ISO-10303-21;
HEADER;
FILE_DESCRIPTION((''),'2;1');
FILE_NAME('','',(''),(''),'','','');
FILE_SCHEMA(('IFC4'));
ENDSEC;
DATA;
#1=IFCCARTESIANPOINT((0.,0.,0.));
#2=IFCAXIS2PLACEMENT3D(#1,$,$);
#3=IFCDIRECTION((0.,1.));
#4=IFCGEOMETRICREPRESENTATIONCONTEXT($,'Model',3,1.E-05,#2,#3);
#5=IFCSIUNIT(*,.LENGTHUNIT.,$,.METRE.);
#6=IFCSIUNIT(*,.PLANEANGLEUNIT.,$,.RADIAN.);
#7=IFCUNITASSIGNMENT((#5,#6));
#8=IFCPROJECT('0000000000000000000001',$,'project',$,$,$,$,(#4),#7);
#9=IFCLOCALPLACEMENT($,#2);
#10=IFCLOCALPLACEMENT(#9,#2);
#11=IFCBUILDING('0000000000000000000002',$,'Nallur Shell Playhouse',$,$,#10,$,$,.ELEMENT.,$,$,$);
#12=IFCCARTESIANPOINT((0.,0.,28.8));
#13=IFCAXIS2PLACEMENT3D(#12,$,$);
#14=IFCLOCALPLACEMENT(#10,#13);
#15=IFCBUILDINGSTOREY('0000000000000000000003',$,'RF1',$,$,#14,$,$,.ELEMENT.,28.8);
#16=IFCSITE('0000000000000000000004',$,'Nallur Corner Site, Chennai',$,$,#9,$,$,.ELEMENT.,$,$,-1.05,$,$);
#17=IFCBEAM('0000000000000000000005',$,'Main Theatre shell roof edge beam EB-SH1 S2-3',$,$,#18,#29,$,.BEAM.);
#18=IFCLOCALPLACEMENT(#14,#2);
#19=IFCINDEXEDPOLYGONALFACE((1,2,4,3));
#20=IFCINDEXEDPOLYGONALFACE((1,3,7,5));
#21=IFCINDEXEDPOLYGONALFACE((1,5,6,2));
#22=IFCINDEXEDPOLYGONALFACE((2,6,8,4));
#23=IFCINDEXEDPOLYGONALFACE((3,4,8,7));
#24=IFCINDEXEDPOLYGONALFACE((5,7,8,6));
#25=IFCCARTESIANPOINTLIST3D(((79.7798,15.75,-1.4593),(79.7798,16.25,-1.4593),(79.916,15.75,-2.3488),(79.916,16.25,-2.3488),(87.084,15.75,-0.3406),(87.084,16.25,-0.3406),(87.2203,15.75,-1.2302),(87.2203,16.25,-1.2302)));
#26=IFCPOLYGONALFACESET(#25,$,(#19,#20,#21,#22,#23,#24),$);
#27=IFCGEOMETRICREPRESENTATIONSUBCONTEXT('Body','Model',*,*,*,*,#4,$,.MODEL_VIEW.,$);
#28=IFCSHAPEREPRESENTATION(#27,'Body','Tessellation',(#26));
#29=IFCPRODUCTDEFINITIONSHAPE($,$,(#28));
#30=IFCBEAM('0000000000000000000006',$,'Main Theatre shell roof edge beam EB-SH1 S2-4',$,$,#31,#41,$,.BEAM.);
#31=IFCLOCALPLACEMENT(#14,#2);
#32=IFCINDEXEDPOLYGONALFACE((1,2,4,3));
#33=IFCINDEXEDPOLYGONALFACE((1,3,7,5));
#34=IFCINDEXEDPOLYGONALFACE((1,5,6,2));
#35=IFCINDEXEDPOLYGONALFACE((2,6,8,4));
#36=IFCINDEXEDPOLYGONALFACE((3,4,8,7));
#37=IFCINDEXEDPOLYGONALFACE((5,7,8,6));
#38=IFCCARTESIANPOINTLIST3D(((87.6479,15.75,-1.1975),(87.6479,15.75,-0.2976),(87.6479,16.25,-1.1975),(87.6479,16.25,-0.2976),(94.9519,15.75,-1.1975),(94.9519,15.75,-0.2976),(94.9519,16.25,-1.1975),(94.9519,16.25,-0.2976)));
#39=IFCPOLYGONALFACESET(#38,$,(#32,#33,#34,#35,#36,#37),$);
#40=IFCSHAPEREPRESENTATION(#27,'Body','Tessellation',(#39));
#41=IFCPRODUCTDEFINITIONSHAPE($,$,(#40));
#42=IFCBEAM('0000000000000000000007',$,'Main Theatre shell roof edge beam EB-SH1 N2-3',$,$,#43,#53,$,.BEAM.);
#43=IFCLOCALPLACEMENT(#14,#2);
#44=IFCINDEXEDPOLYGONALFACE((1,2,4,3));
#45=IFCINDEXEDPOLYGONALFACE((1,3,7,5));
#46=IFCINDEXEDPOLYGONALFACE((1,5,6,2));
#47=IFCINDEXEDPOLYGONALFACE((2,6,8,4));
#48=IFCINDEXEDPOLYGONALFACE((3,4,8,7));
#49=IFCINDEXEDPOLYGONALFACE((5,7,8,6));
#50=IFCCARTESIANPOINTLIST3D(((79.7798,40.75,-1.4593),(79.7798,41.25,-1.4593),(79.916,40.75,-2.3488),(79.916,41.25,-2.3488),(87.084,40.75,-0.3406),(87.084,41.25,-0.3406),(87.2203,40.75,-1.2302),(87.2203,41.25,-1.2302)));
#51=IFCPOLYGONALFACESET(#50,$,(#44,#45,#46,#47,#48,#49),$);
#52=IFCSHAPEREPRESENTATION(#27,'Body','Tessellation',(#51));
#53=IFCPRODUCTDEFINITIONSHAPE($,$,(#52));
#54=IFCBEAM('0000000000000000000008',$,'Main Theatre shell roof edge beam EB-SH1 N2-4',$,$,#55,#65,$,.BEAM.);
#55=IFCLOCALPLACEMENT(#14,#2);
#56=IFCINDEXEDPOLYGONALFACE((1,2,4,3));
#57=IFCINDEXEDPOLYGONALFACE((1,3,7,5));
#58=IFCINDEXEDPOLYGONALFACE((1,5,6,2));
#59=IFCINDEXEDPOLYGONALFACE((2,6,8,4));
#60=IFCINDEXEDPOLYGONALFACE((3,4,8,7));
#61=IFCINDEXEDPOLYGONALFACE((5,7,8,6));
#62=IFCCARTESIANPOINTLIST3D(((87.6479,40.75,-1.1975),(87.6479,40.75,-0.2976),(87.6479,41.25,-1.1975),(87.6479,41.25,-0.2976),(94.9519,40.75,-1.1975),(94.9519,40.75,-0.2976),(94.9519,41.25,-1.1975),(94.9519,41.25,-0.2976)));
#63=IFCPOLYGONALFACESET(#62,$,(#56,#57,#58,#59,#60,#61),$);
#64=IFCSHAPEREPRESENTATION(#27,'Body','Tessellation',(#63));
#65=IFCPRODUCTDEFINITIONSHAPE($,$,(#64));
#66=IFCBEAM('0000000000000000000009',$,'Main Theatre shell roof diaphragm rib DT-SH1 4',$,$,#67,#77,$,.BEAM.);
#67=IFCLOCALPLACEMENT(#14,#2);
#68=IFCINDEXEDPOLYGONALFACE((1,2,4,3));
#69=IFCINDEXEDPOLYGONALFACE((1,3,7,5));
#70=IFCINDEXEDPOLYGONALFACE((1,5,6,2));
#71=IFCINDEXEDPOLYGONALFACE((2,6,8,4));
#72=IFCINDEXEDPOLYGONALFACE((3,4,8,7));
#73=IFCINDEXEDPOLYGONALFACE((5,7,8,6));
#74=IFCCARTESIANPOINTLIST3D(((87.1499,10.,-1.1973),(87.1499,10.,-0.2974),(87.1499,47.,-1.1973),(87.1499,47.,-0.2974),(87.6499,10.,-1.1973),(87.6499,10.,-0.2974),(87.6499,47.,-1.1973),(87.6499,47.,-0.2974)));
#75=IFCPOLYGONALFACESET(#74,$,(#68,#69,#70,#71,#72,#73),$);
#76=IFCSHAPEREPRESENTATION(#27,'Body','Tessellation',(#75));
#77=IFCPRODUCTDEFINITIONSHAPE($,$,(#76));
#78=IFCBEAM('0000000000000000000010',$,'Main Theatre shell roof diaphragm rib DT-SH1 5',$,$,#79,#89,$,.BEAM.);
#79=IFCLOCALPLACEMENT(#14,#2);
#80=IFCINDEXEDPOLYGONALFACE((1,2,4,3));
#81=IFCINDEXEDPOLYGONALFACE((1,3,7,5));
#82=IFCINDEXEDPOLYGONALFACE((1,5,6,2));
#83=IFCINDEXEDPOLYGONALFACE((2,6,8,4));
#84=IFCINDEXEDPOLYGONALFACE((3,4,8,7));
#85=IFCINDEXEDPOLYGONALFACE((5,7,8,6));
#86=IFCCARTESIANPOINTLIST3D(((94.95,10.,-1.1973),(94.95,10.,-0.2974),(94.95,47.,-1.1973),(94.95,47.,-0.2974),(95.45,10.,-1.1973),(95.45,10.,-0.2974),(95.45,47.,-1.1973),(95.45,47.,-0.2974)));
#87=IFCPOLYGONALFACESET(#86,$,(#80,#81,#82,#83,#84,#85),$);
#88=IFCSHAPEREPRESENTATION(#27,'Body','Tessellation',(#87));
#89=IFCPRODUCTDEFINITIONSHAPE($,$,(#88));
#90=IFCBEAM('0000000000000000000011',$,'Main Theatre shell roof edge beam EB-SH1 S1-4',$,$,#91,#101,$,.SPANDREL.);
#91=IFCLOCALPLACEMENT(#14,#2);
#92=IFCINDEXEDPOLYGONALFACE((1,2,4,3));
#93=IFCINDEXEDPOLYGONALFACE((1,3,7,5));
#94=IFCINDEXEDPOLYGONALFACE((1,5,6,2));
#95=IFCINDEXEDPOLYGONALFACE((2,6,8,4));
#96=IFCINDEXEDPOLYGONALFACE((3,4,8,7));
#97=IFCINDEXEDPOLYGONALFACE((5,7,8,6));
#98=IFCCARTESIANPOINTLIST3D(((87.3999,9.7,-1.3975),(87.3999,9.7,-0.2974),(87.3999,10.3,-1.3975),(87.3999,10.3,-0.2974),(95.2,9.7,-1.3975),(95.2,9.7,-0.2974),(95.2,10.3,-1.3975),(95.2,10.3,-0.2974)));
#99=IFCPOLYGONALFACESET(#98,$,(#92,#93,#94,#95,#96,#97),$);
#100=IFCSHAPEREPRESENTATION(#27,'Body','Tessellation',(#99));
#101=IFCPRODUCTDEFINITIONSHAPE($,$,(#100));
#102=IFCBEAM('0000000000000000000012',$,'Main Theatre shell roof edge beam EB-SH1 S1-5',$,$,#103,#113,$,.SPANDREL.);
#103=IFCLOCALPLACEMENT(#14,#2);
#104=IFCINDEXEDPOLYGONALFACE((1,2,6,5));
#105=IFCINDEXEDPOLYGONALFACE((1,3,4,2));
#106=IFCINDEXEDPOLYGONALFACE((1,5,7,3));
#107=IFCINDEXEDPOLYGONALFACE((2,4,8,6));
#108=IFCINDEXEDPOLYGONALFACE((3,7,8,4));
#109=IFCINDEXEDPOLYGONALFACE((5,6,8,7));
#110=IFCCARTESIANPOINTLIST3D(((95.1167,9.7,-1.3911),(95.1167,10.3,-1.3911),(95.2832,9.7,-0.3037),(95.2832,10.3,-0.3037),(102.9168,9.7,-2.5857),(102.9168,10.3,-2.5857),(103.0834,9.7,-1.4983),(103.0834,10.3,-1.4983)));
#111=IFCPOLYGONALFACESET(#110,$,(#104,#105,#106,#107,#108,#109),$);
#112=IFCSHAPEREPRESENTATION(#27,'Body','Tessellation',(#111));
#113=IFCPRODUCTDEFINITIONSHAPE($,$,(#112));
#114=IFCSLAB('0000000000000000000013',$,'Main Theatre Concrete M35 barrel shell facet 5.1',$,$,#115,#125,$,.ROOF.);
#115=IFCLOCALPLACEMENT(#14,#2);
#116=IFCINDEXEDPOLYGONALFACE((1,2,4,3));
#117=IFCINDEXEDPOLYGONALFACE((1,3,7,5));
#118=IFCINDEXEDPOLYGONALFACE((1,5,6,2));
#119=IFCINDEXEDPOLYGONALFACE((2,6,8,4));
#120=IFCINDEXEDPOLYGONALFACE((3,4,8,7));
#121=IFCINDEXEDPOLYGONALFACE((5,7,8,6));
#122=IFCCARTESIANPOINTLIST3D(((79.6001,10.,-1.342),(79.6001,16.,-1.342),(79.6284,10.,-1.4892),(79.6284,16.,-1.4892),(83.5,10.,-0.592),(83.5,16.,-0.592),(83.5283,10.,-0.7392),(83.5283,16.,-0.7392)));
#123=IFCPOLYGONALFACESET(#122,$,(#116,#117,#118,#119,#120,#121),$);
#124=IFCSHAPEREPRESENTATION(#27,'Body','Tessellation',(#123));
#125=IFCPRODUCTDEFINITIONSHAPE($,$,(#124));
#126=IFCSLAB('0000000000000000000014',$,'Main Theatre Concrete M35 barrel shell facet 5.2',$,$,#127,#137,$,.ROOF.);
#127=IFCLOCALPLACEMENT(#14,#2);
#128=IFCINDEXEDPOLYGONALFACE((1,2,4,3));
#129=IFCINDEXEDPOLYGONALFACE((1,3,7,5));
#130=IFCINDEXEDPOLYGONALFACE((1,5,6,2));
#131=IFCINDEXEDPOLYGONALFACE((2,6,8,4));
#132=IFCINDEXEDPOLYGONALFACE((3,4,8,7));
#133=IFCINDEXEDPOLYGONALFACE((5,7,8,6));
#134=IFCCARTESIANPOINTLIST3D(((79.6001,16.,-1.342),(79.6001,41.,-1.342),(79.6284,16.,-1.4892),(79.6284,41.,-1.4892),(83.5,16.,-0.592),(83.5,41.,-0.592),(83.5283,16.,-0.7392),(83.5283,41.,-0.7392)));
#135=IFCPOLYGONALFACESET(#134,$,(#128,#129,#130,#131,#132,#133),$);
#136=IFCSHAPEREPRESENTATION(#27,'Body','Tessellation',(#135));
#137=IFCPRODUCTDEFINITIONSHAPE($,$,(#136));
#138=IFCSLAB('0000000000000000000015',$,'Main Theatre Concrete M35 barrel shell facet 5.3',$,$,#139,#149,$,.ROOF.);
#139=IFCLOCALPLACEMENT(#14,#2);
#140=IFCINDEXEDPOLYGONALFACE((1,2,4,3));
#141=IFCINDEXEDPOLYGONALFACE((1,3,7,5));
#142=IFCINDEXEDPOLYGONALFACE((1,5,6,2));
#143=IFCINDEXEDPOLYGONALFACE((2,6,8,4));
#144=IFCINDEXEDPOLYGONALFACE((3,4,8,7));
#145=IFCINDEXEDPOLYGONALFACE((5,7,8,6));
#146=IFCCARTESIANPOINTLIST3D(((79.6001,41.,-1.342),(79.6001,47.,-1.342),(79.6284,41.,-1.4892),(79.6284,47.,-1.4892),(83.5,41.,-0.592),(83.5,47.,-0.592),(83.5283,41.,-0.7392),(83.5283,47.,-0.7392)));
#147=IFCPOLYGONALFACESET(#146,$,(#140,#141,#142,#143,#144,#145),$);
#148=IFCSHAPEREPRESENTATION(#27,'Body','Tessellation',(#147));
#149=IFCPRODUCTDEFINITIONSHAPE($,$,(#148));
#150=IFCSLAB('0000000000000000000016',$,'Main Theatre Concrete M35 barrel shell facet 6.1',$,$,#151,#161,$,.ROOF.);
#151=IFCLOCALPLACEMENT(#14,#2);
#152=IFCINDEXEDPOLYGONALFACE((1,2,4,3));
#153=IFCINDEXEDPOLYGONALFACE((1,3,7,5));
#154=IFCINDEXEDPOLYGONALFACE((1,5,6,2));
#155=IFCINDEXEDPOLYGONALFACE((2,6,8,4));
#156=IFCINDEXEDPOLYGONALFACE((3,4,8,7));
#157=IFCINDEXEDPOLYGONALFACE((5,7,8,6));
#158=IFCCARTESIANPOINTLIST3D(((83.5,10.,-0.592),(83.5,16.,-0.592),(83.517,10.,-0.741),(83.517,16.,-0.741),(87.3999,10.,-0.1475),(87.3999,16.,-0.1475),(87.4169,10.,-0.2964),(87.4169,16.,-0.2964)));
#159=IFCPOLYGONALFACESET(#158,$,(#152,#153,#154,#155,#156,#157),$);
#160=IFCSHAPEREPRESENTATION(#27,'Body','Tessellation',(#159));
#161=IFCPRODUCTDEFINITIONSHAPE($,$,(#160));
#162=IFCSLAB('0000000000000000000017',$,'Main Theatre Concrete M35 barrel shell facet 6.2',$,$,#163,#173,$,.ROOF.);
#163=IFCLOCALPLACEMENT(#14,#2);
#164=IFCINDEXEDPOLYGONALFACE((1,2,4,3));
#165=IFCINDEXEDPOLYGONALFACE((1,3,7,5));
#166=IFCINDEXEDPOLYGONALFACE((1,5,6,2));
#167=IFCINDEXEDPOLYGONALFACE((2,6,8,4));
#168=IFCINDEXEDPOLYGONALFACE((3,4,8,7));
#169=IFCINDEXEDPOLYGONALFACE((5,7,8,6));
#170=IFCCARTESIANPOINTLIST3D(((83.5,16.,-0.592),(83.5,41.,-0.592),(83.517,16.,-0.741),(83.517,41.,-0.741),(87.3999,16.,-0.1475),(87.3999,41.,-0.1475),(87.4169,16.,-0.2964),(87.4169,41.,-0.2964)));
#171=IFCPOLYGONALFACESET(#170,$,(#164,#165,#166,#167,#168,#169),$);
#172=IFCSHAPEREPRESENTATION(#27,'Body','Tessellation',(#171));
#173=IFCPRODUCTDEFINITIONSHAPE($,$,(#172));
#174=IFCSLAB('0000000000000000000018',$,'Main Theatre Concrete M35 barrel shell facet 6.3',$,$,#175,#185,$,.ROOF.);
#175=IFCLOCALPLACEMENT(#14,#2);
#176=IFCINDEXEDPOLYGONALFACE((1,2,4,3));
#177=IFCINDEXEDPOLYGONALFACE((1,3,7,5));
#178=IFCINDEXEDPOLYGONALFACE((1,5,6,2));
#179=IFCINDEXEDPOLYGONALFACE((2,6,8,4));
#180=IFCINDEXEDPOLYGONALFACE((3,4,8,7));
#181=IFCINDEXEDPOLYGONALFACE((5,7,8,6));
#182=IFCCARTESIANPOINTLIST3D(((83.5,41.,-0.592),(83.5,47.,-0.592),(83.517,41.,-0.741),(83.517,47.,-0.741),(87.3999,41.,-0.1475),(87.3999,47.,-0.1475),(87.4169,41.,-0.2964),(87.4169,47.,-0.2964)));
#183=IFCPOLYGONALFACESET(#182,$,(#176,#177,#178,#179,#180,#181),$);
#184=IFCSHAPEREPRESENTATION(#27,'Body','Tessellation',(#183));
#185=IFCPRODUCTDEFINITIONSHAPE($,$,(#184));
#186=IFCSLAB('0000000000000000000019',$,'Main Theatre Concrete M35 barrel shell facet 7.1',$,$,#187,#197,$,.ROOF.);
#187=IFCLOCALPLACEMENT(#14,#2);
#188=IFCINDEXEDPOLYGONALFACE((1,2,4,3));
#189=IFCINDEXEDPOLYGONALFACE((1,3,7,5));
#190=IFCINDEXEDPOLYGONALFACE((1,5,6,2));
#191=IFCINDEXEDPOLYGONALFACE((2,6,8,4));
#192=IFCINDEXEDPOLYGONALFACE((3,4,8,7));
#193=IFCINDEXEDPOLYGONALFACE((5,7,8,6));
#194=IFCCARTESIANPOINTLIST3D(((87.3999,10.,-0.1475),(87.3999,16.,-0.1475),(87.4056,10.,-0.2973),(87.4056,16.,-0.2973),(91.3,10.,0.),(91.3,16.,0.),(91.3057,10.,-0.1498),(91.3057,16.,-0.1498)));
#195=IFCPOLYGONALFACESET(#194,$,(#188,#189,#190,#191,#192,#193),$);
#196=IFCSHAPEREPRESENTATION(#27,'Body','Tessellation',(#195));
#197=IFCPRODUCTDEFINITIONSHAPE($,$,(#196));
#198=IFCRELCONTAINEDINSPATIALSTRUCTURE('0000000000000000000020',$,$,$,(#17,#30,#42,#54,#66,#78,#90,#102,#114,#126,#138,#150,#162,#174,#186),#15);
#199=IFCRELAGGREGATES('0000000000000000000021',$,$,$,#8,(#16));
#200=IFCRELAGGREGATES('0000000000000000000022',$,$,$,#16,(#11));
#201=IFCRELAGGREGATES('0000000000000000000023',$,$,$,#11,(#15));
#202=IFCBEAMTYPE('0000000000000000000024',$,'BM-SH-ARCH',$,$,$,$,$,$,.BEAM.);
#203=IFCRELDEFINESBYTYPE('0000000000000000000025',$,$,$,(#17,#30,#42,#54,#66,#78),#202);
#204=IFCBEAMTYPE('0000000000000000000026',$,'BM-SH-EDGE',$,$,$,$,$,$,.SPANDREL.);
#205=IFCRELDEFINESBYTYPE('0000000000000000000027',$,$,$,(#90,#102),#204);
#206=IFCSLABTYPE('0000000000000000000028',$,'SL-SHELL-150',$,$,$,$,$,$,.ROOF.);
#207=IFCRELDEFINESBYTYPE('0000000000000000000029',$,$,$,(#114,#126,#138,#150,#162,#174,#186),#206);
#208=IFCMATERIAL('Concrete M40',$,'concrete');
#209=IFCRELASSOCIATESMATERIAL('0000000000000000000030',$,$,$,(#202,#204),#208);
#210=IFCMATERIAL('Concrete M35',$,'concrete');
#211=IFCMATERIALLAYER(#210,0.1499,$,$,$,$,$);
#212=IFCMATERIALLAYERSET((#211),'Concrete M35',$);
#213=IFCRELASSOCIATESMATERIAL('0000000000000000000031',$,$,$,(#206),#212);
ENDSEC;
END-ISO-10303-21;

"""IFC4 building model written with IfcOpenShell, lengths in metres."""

from ifc_helpers import new_model, si_unit, direction, frame, origin, origin_2d, place, context, subcontext, project, spatial, polyline, rectangle, outline, extrude, material, layer, layer_set, material_profile, profile_set, type_object, element, save


model = new_model("IFC4")

# Units and contexts
model_context = context("Model", 3, precision=1e-05, world=origin(), true_north=direction((0.0, 1.0)))
body_context = subcontext(model_context, "Body", "Model", "MODEL_VIEW")
ifc_project = project(units=[si_unit("LENGTHUNIT", "METRE"), si_unit("PLANEANGLEUNIT", "RADIAN")], contexts=[model_context])

# Site, building, storey
site_placement = place(None, origin())
site = spatial("IfcSite", under=ifc_project, at=site_placement, Name="Nallur Corner Site, Chennai", CompositionType="ELEMENT", RefElevation=-1.05)
building_placement = place(site_placement, origin())
building = spatial("IfcBuilding", under=site, at=building_placement, Name="Nallur Shell Playhouse", CompositionType="ELEMENT")
storey_placement = place(building_placement, frame((0.0, 0.0, 28.8)))
storey = spatial("IfcBuildingStorey", under=building, at=storey_placement, Name="RF1", CompositionType="ELEMENT", Elevation=28.8)

# Beams
ifc_material_1 = material(Name="Concrete M40", Category="concrete")
ifc_material_profile_1 = material_profile(ifc_material_1, rectangle(XDim=0.5, YDim=0.8999, at=origin_2d()), Name="RC 500x900")
ifc_profile_set_1 = profile_set([ifc_material_profile_1], Name="Concrete M40")
beam_type_1 = type_object("IfcBeamType", Name="BM-SH-ARCH", PredefinedType="BEAM", material=ifc_profile_set_1)
beam_1_placement = place(storey_placement, frame((79.8479, 16.0, -1.9041), z_axis=(0.988475, 0.0, 0.151387), x_axis=(0.0, 1.0, 0.0)))
element("IfcBeam", 1, at=beam_1_placement, inside=storey, type_object=beam_type_1, Name="Main Theatre shell roof edge beam EB-SH1 S2-3", PredefinedType="BEAM", context=body_context, shape_type="SweptSolid", body=[
    extrude(rectangle(XDim=0.5, YDim=0.8999, at=origin_2d()), origin(), (0.0, 0.0, 1.0), 7.3894),
])
beam_2_placement = place(storey_placement, frame((87.6479, 16.0, -0.7476), z_axis=(1.0, 0.0, 0.0), x_axis=(0.0, 1.0, 0.0)))
element("IfcBeam", 2, at=beam_2_placement, inside=storey, type_object=beam_type_1, Name="Main Theatre shell roof edge beam EB-SH1 S2-4", PredefinedType="BEAM", context=body_context, shape_type="SweptSolid", body=[
    extrude(rectangle(XDim=0.5, YDim=0.8999, at=origin_2d()), origin(), (0.0, 0.0, 1.0), 7.304),
])
beam_3_placement = place(storey_placement, frame((79.8479, 41.0, -1.9041), z_axis=(0.988475, 0.0, 0.151387), x_axis=(0.0, 1.0, 0.0)))
element("IfcBeam", 3, at=beam_3_placement, inside=storey, type_object=beam_type_1, Name="Main Theatre shell roof edge beam EB-SH1 N2-3", PredefinedType="BEAM", context=body_context, shape_type="SweptSolid", body=[
    extrude(rectangle(XDim=0.5, YDim=0.8999, at=origin_2d()), origin(), (0.0, 0.0, 1.0), 7.3894),
])
beam_4_placement = place(storey_placement, frame((87.6479, 41.0, -0.7476), z_axis=(1.0, 0.0, 0.0), x_axis=(0.0, 1.0, 0.0)))
element("IfcBeam", 4, at=beam_4_placement, inside=storey, type_object=beam_type_1, Name="Main Theatre shell roof edge beam EB-SH1 N2-4", PredefinedType="BEAM", context=body_context, shape_type="SweptSolid", body=[
    extrude(rectangle(XDim=0.5, YDim=0.8999, at=origin_2d()), origin(), (0.0, 0.0, 1.0), 7.304),
])
for number, where, z_axis, x_axis, name in (
    (5, (87.3999, 10.0, -0.7473), (0.0, 1.0, 0.0), (-1.0, 0.0, 0.0), "Main Theatre shell roof diaphragm rib DT-SH1 4"),
    (6, (95.2, 10.0, -0.7473), (0.0, 1.0, 0.0), (-1.0, 0.0, 0.0), "Main Theatre shell roof diaphragm rib DT-SH1 5"),
):
    element("IfcBeam", number, at=place(storey_placement, frame(where, z_axis=z_axis, x_axis=x_axis)), inside=storey, type_object=beam_type_1, Name=name, PredefinedType="BEAM", context=body_context, shape_type="SweptSolid", body=[
        extrude(rectangle(XDim=0.5, YDim=0.8999, at=origin_2d()), origin(), (0.0, 0.0, 1.0), 37.0),
    ])
ifc_material_profile_2 = material_profile(ifc_material_1, rectangle(XDim=0.6001, YDim=1.1001, at=origin_2d()), Name="RC 600x1100")
ifc_profile_set_2 = profile_set([ifc_material_profile_2], Name="Concrete M40")
beam_type_2 = type_object("IfcBeamType", Name="BM-SH-EDGE", PredefinedType="SPANDREL", material=ifc_profile_set_2)
beam_5_placement = place(storey_placement, frame((87.3999, 10.0, -0.8474), z_axis=(1.0, 0.0, 0.0), x_axis=(0.0, 1.0, 0.0)))
element("IfcBeam", 7, at=beam_5_placement, inside=storey, type_object=beam_type_2, Name="Main Theatre shell roof edge beam EB-SH1 S1-4", PredefinedType="SPANDREL", context=body_context, shape_type="SweptSolid", body=[
    extrude(rectangle(XDim=0.6001, YDim=1.1001, at=origin_2d()), origin(), (0.0, 0.0, 1.0), 7.8),
])
beam_6_placement = place(storey_placement, frame((95.2, 10.0, -0.8474), z_axis=(0.988475, 0.0, -0.151385), x_axis=(0.0, 1.0, 0.0)))
element("IfcBeam", 8, at=beam_6_placement, inside=storey, type_object=beam_type_2, Name="Main Theatre shell roof edge beam EB-SH1 S1-5", PredefinedType="SPANDREL", context=body_context, shape_type="SweptSolid", body=[
    extrude(rectangle(XDim=0.6001, YDim=1.1001, at=origin_2d()), origin(), (0.0, 0.0, 1.0), 7.8911),
])

# Slabs
ifc_material_2 = material(Name="Concrete M35", Category="concrete")
ifc_layer = layer(ifc_material_2, 0.1499)
ifc_layer_set = layer_set([ifc_layer], Name="Concrete M35")
slab_type = type_object("IfcSlabType", Name="SL-SHELL-150", PredefinedType="ROOF", material=ifc_layer_set)
slab_1_placement = place(storey_placement, frame((79.6001, 10.0, -1.342), z_axis=(-0.188852, 0.0, 0.982006), x_axis=(0.982006, 0.0, 0.188852)))
element("IfcSlab", 9, at=slab_1_placement, inside=storey, type_object=slab_type, Name="Main Theatre Concrete M35 barrel shell facet 5.1", PredefinedType="ROOF", context=body_context, shape_type="SweptSolid", body=[
    extrude(outline(polyline([(0.0, 0.0), (3.9714, 0.0), (3.9714, 6.0), (0.0, 6.0), (0.0, 0.0)])), origin(), (0.0, 0.0, -1.0), 0.1499),
])
slab_2_placement = place(storey_placement, frame((79.6001, 16.0, -1.342), z_axis=(-0.188852, 0.0, 0.982006), x_axis=(0.982006, 0.0, 0.188852)))
element("IfcSlab", 10, at=slab_2_placement, inside=storey, type_object=slab_type, Name="Main Theatre Concrete M35 barrel shell facet 5.2", PredefinedType="ROOF", context=body_context, shape_type="SweptSolid", body=[
    extrude(outline(polyline([(0.0, 0.0), (3.9714, 0.0), (3.9714, 25.0), (0.0, 25.0), (0.0, 0.0)])), origin(), (0.0, 0.0, -1.0), 0.1499),
])
slab_3_placement = place(storey_placement, frame((79.6001, 41.0, -1.342), z_axis=(-0.188852, 0.0, 0.982006), x_axis=(0.982006, 0.0, 0.188852)))
element("IfcSlab", 11, at=slab_3_placement, inside=storey, type_object=slab_type, Name="Main Theatre Concrete M35 barrel shell facet 5.3", PredefinedType="ROOF", context=body_context, shape_type="SweptSolid", body=[
    extrude(outline(polyline([(0.0, 0.0), (3.9714, 0.0), (3.9714, 6.0), (0.0, 6.0), (0.0, 0.0)])), origin(), (0.0, 0.0, -1.0), 0.1499),
])
slab_4_placement = place(storey_placement, frame((83.5, 10.0, -0.592), z_axis=(-0.113264, 0.0, 0.993565), x_axis=(0.993565, 0.0, 0.113264)))
element("IfcSlab", 12, at=slab_4_placement, inside=storey, type_object=slab_type, Name="Main Theatre Concrete M35 barrel shell facet 6.1", PredefinedType="ROOF", context=body_context, shape_type="SweptSolid", body=[
    extrude(outline(polyline([(0.0, 0.0), (3.9252, 0.0), (3.9252, 6.0), (0.0, 6.0), (0.0, 0.0)])), origin(), (0.0, 0.0, -1.0), 0.1499),
])
slab_5_placement = place(storey_placement, frame((83.5, 16.0, -0.592), z_axis=(-0.113264, 0.0, 0.993565), x_axis=(0.993565, 0.0, 0.113264)))
element("IfcSlab", 13, at=slab_5_placement, inside=storey, type_object=slab_type, Name="Main Theatre Concrete M35 barrel shell facet 6.2", PredefinedType="ROOF", context=body_context, shape_type="SweptSolid", body=[
    extrude(outline(polyline([(0.0, 0.0), (3.9252, 0.0), (3.9252, 25.0), (0.0, 25.0), (0.0, 0.0)])), origin(), (0.0, 0.0, -1.0), 0.1499),
])
slab_6_placement = place(storey_placement, frame((83.5, 41.0, -0.592), z_axis=(-0.113264, 0.0, 0.993565), x_axis=(0.993565, 0.0, 0.113264)))
element("IfcSlab", 14, at=slab_6_placement, inside=storey, type_object=slab_type, Name="Main Theatre Concrete M35 barrel shell facet 6.3", PredefinedType="ROOF", context=body_context, shape_type="SweptSolid", body=[
    extrude(outline(polyline([(0.0, 0.0), (3.9252, 0.0), (3.9252, 6.0), (0.0, 6.0), (0.0, 0.0)])), origin(), (0.0, 0.0, -1.0), 0.1499),
])
slab_7_placement = place(storey_placement, frame((87.3999, 10.0, -0.1475), z_axis=(-0.037782, 0.0, 0.999286), x_axis=(0.999286, 0.0, 0.037782)))
element("IfcSlab", 15, at=slab_7_placement, inside=storey, type_object=slab_type, Name="Main Theatre Concrete M35 barrel shell facet 7.1", PredefinedType="ROOF", context=body_context, shape_type="SweptSolid", body=[
    extrude(outline(polyline([(0.0, 0.0), (3.9029, 0.0), (3.9029, 6.0), (0.0, 6.0), (0.0, 0.0)])), origin(), (0.0, 0.0, -1.0), 0.1499),
])

save(model, "model.ifc")
